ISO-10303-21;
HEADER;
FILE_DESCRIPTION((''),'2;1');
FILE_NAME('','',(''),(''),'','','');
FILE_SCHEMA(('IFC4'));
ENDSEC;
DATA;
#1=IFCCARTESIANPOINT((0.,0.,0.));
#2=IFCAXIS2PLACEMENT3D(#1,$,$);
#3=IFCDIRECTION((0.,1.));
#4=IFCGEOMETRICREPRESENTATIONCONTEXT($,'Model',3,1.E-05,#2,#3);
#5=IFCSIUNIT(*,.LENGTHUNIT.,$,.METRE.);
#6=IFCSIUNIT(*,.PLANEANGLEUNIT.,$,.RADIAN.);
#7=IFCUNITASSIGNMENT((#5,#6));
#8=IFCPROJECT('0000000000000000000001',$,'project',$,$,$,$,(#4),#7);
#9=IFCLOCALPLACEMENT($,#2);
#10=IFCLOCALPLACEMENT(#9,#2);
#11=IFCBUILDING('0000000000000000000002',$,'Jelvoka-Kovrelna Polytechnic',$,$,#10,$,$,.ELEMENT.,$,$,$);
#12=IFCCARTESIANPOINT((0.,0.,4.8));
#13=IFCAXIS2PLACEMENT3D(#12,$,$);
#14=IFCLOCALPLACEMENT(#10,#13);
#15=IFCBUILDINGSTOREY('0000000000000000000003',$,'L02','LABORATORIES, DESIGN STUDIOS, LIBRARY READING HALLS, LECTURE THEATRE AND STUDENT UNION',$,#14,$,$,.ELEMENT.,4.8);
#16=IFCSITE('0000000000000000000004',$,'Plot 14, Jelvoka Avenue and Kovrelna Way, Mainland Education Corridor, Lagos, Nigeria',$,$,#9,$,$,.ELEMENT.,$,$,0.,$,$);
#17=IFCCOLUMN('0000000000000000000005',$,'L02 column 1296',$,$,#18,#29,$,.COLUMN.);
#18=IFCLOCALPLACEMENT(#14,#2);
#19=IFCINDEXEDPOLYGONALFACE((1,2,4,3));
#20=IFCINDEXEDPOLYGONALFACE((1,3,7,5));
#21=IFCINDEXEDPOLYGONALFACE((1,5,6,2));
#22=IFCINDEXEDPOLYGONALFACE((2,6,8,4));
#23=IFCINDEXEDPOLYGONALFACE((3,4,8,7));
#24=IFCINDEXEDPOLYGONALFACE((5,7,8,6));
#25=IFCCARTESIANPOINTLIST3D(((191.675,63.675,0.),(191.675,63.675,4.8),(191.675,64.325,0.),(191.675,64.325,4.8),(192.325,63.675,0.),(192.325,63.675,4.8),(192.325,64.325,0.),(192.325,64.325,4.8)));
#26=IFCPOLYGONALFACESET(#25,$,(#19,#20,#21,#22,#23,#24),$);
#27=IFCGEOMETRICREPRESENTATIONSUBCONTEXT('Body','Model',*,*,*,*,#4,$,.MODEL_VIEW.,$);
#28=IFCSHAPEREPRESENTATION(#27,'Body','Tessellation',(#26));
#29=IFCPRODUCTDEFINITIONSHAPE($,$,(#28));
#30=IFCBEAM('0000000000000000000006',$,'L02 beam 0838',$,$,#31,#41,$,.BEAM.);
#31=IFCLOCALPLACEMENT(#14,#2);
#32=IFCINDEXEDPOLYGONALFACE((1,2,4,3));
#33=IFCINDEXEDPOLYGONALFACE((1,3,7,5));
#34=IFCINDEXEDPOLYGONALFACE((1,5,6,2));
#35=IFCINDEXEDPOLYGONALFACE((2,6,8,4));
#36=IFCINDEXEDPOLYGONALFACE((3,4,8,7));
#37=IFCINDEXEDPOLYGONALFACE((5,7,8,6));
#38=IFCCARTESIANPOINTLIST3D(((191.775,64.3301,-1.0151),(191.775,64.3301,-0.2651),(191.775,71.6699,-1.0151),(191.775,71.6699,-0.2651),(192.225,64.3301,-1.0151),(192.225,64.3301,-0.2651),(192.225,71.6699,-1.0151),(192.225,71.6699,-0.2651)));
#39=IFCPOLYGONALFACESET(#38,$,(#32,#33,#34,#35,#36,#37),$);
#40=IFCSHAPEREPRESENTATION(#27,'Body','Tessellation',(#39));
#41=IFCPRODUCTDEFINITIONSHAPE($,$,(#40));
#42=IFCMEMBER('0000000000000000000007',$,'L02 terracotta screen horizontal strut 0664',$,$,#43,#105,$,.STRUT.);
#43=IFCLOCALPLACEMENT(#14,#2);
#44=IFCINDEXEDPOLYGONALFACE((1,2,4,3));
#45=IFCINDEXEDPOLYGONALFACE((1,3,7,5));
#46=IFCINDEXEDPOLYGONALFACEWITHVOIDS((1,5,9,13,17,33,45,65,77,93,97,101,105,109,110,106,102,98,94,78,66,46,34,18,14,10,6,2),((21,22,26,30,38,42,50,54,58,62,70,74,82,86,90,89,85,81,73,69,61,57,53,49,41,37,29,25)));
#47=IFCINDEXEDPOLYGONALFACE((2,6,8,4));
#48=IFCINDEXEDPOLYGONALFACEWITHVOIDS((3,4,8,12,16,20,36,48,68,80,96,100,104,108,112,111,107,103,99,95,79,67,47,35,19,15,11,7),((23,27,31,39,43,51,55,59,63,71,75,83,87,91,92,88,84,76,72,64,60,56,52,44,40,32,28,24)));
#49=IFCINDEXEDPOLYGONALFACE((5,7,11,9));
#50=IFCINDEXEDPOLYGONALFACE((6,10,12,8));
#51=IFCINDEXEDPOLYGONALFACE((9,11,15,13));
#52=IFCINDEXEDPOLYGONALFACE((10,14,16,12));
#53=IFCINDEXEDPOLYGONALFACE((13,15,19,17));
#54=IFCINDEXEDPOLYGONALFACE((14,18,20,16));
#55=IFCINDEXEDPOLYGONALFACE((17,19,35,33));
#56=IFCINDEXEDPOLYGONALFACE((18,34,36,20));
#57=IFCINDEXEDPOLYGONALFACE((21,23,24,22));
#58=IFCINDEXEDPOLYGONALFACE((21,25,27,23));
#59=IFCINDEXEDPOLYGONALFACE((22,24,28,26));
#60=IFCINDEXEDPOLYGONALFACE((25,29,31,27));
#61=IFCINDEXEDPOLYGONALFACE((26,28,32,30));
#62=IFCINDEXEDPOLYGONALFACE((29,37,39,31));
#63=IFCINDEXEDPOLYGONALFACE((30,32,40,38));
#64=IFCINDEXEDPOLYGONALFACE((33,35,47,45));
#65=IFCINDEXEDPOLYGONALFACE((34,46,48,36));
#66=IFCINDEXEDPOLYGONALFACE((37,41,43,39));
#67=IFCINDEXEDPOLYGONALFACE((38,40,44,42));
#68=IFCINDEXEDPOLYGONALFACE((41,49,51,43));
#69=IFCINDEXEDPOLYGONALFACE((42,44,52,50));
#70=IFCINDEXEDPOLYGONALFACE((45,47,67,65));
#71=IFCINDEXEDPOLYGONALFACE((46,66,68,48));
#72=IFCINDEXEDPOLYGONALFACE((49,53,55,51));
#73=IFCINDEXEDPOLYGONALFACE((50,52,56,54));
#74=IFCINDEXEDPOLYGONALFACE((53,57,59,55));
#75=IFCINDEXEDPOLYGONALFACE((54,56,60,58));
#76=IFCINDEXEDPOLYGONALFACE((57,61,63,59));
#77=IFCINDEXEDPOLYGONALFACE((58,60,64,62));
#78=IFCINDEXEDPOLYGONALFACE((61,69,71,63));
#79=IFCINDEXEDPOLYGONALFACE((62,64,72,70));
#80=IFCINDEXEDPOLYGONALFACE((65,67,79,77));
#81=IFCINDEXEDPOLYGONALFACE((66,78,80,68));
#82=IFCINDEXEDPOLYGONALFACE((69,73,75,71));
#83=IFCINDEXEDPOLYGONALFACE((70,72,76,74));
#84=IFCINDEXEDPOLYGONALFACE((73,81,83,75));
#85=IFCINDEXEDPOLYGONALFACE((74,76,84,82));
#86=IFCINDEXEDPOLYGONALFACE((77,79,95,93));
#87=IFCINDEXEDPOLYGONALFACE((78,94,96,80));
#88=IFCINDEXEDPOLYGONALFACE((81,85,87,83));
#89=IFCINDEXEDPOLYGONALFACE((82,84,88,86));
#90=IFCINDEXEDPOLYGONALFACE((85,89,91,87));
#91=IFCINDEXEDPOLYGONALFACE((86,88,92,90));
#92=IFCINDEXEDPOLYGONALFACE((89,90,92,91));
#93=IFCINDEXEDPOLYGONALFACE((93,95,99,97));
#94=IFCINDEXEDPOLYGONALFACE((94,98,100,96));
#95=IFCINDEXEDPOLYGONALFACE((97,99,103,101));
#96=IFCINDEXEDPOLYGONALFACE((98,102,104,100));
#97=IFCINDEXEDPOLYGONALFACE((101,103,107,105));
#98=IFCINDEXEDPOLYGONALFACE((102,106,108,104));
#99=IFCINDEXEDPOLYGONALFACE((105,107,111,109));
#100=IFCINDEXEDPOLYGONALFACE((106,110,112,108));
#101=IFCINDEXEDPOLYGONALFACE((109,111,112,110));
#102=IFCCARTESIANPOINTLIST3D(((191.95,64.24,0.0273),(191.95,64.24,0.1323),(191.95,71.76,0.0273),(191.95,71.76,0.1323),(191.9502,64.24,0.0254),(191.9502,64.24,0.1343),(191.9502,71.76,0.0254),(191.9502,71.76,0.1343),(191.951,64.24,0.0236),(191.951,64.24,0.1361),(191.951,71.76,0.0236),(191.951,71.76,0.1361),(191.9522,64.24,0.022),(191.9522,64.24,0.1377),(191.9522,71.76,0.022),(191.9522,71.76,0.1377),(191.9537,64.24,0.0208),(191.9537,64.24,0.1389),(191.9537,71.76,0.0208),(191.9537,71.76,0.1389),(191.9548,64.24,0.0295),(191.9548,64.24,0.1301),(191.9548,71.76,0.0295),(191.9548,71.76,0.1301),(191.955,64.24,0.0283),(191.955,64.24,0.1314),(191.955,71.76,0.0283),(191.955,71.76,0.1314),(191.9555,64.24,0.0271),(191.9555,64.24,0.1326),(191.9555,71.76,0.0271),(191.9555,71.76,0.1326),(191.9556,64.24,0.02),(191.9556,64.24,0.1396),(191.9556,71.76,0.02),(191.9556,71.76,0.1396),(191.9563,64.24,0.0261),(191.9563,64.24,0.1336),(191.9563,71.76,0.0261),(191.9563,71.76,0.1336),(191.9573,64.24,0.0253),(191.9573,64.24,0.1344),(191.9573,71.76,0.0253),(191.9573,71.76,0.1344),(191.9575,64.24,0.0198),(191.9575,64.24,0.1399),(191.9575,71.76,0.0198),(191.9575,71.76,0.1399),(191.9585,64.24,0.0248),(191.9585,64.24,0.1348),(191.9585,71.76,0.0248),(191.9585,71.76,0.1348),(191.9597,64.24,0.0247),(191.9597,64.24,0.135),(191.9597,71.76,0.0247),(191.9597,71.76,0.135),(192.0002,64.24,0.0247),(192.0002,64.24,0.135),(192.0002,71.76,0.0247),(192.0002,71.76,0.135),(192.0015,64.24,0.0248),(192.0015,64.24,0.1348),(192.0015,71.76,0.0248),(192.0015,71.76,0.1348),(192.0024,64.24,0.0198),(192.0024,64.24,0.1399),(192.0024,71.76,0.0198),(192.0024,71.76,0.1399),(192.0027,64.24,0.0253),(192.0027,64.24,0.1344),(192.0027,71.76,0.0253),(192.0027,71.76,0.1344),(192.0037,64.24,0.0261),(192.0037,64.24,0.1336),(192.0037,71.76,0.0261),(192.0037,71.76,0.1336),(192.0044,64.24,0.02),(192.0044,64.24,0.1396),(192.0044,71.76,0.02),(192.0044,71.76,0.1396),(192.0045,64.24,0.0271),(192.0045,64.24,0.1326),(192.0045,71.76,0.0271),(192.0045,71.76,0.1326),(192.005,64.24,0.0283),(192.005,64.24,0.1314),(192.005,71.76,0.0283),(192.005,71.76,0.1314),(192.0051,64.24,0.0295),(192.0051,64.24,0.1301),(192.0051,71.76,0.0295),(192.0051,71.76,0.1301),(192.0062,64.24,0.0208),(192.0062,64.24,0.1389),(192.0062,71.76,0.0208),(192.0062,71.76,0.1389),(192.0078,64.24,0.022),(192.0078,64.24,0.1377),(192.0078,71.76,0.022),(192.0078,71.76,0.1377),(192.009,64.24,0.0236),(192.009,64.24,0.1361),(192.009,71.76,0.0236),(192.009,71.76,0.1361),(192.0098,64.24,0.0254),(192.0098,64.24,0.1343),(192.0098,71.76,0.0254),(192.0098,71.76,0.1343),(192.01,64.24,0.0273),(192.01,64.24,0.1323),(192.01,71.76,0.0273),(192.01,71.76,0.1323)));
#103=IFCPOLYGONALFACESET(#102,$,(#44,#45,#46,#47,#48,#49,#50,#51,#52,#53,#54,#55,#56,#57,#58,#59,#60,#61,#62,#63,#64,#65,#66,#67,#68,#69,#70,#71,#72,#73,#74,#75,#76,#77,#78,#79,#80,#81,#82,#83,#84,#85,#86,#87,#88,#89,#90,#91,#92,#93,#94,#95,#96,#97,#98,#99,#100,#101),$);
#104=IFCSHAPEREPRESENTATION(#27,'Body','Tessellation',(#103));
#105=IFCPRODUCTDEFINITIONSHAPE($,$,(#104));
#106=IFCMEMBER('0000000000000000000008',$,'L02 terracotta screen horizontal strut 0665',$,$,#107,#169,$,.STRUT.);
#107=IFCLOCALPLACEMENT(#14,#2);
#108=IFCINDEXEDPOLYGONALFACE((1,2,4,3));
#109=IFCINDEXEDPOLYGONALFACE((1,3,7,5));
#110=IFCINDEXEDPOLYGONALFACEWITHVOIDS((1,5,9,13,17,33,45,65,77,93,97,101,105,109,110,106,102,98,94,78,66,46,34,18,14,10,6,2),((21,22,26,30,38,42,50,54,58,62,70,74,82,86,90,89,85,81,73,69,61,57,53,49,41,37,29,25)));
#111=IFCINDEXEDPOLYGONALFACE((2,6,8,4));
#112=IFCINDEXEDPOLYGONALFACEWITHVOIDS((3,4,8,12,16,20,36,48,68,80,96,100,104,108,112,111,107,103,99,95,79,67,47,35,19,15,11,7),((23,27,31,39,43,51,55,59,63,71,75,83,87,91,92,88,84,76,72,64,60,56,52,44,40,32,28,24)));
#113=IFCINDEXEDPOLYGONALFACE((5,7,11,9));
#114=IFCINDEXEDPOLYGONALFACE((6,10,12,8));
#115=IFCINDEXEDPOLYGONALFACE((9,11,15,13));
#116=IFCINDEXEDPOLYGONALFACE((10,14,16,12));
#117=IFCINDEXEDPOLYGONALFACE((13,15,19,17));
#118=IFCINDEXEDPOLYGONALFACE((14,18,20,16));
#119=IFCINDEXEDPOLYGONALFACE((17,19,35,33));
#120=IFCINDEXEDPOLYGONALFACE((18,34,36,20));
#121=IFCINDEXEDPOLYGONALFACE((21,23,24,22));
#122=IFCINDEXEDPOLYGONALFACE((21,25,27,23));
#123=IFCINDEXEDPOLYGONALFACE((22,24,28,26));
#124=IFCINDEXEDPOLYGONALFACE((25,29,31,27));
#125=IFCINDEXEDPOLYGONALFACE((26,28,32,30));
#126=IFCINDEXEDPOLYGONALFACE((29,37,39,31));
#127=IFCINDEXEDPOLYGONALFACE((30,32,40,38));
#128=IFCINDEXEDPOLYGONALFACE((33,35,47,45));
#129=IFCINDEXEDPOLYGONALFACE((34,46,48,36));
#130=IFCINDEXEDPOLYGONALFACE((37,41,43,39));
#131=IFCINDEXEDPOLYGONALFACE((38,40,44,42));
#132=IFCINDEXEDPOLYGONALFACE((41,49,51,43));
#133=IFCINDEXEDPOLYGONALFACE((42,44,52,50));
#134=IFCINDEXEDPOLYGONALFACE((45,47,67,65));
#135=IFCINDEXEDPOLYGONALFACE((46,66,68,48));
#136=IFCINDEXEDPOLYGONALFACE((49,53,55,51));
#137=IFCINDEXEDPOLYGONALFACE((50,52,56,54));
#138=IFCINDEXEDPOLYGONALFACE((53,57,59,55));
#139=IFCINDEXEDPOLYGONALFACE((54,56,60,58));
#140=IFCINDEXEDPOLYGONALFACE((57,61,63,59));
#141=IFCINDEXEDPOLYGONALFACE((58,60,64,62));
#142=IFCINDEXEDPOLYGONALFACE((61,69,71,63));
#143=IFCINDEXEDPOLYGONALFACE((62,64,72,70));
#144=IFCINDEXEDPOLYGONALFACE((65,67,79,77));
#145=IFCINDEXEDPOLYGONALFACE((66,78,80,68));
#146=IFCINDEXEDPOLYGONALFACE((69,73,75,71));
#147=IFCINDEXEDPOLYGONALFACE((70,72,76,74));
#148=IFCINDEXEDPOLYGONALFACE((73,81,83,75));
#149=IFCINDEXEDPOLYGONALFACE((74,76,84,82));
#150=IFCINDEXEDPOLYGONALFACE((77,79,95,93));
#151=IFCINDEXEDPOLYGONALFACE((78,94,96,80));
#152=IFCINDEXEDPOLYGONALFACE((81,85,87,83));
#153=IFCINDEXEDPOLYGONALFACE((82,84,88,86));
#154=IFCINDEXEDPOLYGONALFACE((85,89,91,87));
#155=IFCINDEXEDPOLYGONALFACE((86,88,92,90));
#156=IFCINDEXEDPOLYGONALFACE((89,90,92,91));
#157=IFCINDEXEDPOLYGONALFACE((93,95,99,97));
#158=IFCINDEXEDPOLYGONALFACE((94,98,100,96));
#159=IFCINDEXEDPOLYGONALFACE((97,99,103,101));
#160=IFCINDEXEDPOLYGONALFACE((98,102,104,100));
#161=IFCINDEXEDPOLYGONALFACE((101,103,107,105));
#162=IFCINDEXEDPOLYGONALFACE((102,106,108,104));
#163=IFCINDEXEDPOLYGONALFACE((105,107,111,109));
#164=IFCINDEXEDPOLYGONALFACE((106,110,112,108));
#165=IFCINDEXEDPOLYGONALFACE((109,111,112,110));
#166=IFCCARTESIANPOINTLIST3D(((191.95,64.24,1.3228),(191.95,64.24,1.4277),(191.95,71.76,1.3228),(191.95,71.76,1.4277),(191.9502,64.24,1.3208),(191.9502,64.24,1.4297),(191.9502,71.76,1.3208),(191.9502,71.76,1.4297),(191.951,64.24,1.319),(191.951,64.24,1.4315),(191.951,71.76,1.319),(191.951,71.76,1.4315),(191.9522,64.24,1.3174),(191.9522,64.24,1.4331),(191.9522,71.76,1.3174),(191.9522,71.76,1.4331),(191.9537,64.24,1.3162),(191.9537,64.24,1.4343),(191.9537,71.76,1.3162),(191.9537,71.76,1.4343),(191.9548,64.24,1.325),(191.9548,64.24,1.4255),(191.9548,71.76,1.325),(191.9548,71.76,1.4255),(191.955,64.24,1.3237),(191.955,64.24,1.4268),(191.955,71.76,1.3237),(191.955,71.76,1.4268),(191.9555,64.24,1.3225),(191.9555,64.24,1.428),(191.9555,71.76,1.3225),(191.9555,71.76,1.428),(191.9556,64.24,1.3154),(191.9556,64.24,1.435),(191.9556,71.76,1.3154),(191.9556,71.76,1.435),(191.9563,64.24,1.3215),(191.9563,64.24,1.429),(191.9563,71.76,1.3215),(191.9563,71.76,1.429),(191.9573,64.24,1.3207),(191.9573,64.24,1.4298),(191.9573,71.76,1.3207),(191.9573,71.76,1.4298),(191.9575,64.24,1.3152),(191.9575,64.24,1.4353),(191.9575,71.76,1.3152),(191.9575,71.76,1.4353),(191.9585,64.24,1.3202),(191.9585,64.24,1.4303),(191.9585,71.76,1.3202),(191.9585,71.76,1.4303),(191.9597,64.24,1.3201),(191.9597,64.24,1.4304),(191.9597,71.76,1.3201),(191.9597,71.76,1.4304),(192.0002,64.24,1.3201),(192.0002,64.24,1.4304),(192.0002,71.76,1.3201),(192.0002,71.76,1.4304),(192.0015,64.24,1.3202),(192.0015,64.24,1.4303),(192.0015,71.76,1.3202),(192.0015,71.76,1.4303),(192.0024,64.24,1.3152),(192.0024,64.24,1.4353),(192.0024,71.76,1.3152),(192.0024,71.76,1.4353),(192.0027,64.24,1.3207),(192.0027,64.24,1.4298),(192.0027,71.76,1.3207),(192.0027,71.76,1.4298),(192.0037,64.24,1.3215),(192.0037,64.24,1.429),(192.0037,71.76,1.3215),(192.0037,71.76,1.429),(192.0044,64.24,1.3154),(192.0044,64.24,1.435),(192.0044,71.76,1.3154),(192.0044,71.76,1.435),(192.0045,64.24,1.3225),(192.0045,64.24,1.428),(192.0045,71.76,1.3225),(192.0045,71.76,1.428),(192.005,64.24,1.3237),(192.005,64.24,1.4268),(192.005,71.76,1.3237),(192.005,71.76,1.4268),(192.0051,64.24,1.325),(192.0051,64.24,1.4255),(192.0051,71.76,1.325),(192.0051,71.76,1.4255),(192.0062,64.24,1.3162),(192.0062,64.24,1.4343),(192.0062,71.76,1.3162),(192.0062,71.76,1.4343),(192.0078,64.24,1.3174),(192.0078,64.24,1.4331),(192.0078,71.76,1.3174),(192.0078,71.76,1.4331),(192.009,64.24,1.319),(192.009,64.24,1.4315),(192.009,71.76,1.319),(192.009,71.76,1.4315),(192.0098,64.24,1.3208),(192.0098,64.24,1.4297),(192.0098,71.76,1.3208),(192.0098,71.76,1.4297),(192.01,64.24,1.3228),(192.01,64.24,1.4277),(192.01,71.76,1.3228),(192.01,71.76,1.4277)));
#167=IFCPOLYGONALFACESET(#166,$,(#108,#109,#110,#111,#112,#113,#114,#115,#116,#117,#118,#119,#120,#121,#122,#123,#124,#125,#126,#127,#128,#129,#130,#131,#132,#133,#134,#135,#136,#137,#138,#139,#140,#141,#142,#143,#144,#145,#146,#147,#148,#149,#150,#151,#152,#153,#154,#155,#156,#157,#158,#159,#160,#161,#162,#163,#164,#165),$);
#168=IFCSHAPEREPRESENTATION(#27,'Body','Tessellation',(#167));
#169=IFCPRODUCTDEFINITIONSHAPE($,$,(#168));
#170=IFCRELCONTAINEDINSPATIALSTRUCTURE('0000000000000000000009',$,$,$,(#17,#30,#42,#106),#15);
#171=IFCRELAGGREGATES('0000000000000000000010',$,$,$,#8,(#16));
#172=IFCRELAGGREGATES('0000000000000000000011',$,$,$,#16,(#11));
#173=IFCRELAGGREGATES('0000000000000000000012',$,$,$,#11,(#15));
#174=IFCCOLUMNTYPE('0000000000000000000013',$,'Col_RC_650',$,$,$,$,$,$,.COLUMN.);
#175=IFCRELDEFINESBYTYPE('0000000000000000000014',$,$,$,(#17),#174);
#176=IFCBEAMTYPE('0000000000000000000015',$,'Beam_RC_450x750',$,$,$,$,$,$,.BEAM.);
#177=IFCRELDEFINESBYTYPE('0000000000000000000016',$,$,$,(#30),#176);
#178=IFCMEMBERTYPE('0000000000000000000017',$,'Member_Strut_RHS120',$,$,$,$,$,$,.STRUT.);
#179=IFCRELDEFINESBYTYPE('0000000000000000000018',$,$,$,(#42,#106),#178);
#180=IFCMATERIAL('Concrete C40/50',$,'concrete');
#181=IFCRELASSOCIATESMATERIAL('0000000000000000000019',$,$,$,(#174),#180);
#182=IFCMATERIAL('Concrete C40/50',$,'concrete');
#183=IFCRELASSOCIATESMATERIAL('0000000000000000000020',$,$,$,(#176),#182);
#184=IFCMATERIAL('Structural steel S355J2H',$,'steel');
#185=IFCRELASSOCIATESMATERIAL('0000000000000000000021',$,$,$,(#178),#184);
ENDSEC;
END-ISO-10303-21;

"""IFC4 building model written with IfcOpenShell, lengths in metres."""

from ifc_helpers import new_model, si_unit, direction, frame, origin, origin_2d, place, context, subcontext, project, spatial, rectangle, hollow_rectangle, extrude, material, material_profile, profile_set, type_object, element, save


model = new_model("IFC4")

# Units and contexts
model_context = context("Model", 3, precision=1e-05, world=origin(), true_north=direction((0.0, 1.0)))
body_context = subcontext(model_context, "Body", "Model", "MODEL_VIEW")
ifc_project = project(units=[si_unit("LENGTHUNIT", "METRE"), si_unit("PLANEANGLEUNIT", "RADIAN")], contexts=[model_context])

# Site, building, storey
site_placement = place(None, origin())
site = spatial("IfcSite", under=ifc_project, at=site_placement, Name="Plot 14, Jelvoka Avenue and Kovrelna Way, Mainland Education Corridor, Lagos, Nigeria", CompositionType="ELEMENT", RefElevation=0.0)
building_placement = place(site_placement, origin())
building = spatial("IfcBuilding", under=site, at=building_placement, Name="Jelvoka-Kovrelna Polytechnic", CompositionType="ELEMENT")
storey_placement = place(building_placement, frame((0.0, 0.0, 4.8)))
storey = spatial("IfcBuildingStorey", under=building, at=storey_placement, Name="L02", Description="LABORATORIES, DESIGN STUDIOS, LIBRARY READING HALLS, LECTURE THEATRE AND STUDENT UNION", CompositionType="ELEMENT", Elevation=4.8)

# Column
ifc_material_1 = material(Name="Concrete C40/50", Category="concrete")
ifc_material_profile_1 = material_profile(ifc_material_1, rectangle(XDim=0.6499, YDim=0.6499, at=origin_2d()), Name="RC 650x650")
ifc_profile_set_1 = profile_set([ifc_material_profile_1], Name="Concrete C40/50")
column_type = type_object("IfcColumnType", Name="Col_RC_650", PredefinedType="COLUMN", material=ifc_profile_set_1)
column_placement = place(storey_placement, frame((192.0, 64.0, 0.0), z_axis=(0.0, 0.0, 1.0), x_axis=(1.0, 0.0, 0.0)))
element("IfcColumn", 1, at=column_placement, inside=storey, type_object=column_type, Name="L02 column 1296", PredefinedType="COLUMN", context=body_context, shape_type="SweptSolid", body=[
    extrude(rectangle(XDim=0.6499, YDim=0.6499, at=origin_2d()), origin(), (0.0, 0.0, 1.0), 4.8),
])

# Beam
ifc_material_2 = material(Name="Concrete C40/50", Category="concrete")
ifc_material_profile_2 = material_profile(ifc_material_2, rectangle(XDim=0.45, YDim=0.75, at=origin_2d()), Name="RC 450x750")
ifc_profile_set_2 = profile_set([ifc_material_profile_2], Name="Concrete C40/50")
beam_type = type_object("IfcBeamType", Name="Beam_RC_450x750", PredefinedType="BEAM", material=ifc_profile_set_2)
beam_placement = place(storey_placement, frame((192.0, 64.3301, -0.6401), z_axis=(0.0, 1.0, 0.0), x_axis=(-1.0, 0.0, 0.0)))
element("IfcBeam", 2, at=beam_placement, inside=storey, type_object=beam_type, Name="L02 beam 0838", PredefinedType="BEAM", context=body_context, shape_type="SweptSolid", body=[
    extrude(rectangle(XDim=0.45, YDim=0.75, at=origin_2d()), origin(), (0.0, 0.0, 1.0), 7.3398),
])

# Members
ifc_material_3 = material(Name="Structural steel S355J2H", Category="steel")
ifc_material_profile_3 = material_profile(ifc_material_3, hollow_rectangle(XDim=0.0601, YDim=0.1201, WallThickness=0.0049, InnerFilletRadius=0.0049, OuterFilletRadius=0.0076, at=origin_2d()), Name="120x60x5.0 RHS")
ifc_profile_set_3 = profile_set([ifc_material_profile_3], Name="Structural steel S355J2H")
member_type_1 = type_object("IfcMemberType", Name="Member_Strut_RHS120", PredefinedType="STRUT", material=ifc_profile_set_3)
for number, where, z_axis, x_axis, name in (
    (3, (191.98, 64.24, 0.0798), (0.0, 1.0, 0.0), (-1.0, 0.0, 0.0), "L02 terracotta screen horizontal strut 0664"),
    (4, (191.98, 64.24, 1.3752), (0.0, 1.0, 0.0), (-1.0, 0.0, 0.0), "L02 terracotta screen horizontal strut 0665"),
):
    element("IfcMember", number, at=place(storey_placement, frame(where, z_axis=z_axis, x_axis=x_axis)), inside=storey, type_object=member_type_1, Name=name, PredefinedType="STRUT", context=body_context, shape_type="SweptSolid", body=[
        extrude(hollow_rectangle(XDim=0.0601, YDim=0.1201, WallThickness=0.0049, InnerFilletRadius=0.0049, OuterFilletRadius=0.0076, at=origin_2d()), origin(), (0.0, 0.0, 1.0), 7.52),
    ])

save(model, "model.ifc")
